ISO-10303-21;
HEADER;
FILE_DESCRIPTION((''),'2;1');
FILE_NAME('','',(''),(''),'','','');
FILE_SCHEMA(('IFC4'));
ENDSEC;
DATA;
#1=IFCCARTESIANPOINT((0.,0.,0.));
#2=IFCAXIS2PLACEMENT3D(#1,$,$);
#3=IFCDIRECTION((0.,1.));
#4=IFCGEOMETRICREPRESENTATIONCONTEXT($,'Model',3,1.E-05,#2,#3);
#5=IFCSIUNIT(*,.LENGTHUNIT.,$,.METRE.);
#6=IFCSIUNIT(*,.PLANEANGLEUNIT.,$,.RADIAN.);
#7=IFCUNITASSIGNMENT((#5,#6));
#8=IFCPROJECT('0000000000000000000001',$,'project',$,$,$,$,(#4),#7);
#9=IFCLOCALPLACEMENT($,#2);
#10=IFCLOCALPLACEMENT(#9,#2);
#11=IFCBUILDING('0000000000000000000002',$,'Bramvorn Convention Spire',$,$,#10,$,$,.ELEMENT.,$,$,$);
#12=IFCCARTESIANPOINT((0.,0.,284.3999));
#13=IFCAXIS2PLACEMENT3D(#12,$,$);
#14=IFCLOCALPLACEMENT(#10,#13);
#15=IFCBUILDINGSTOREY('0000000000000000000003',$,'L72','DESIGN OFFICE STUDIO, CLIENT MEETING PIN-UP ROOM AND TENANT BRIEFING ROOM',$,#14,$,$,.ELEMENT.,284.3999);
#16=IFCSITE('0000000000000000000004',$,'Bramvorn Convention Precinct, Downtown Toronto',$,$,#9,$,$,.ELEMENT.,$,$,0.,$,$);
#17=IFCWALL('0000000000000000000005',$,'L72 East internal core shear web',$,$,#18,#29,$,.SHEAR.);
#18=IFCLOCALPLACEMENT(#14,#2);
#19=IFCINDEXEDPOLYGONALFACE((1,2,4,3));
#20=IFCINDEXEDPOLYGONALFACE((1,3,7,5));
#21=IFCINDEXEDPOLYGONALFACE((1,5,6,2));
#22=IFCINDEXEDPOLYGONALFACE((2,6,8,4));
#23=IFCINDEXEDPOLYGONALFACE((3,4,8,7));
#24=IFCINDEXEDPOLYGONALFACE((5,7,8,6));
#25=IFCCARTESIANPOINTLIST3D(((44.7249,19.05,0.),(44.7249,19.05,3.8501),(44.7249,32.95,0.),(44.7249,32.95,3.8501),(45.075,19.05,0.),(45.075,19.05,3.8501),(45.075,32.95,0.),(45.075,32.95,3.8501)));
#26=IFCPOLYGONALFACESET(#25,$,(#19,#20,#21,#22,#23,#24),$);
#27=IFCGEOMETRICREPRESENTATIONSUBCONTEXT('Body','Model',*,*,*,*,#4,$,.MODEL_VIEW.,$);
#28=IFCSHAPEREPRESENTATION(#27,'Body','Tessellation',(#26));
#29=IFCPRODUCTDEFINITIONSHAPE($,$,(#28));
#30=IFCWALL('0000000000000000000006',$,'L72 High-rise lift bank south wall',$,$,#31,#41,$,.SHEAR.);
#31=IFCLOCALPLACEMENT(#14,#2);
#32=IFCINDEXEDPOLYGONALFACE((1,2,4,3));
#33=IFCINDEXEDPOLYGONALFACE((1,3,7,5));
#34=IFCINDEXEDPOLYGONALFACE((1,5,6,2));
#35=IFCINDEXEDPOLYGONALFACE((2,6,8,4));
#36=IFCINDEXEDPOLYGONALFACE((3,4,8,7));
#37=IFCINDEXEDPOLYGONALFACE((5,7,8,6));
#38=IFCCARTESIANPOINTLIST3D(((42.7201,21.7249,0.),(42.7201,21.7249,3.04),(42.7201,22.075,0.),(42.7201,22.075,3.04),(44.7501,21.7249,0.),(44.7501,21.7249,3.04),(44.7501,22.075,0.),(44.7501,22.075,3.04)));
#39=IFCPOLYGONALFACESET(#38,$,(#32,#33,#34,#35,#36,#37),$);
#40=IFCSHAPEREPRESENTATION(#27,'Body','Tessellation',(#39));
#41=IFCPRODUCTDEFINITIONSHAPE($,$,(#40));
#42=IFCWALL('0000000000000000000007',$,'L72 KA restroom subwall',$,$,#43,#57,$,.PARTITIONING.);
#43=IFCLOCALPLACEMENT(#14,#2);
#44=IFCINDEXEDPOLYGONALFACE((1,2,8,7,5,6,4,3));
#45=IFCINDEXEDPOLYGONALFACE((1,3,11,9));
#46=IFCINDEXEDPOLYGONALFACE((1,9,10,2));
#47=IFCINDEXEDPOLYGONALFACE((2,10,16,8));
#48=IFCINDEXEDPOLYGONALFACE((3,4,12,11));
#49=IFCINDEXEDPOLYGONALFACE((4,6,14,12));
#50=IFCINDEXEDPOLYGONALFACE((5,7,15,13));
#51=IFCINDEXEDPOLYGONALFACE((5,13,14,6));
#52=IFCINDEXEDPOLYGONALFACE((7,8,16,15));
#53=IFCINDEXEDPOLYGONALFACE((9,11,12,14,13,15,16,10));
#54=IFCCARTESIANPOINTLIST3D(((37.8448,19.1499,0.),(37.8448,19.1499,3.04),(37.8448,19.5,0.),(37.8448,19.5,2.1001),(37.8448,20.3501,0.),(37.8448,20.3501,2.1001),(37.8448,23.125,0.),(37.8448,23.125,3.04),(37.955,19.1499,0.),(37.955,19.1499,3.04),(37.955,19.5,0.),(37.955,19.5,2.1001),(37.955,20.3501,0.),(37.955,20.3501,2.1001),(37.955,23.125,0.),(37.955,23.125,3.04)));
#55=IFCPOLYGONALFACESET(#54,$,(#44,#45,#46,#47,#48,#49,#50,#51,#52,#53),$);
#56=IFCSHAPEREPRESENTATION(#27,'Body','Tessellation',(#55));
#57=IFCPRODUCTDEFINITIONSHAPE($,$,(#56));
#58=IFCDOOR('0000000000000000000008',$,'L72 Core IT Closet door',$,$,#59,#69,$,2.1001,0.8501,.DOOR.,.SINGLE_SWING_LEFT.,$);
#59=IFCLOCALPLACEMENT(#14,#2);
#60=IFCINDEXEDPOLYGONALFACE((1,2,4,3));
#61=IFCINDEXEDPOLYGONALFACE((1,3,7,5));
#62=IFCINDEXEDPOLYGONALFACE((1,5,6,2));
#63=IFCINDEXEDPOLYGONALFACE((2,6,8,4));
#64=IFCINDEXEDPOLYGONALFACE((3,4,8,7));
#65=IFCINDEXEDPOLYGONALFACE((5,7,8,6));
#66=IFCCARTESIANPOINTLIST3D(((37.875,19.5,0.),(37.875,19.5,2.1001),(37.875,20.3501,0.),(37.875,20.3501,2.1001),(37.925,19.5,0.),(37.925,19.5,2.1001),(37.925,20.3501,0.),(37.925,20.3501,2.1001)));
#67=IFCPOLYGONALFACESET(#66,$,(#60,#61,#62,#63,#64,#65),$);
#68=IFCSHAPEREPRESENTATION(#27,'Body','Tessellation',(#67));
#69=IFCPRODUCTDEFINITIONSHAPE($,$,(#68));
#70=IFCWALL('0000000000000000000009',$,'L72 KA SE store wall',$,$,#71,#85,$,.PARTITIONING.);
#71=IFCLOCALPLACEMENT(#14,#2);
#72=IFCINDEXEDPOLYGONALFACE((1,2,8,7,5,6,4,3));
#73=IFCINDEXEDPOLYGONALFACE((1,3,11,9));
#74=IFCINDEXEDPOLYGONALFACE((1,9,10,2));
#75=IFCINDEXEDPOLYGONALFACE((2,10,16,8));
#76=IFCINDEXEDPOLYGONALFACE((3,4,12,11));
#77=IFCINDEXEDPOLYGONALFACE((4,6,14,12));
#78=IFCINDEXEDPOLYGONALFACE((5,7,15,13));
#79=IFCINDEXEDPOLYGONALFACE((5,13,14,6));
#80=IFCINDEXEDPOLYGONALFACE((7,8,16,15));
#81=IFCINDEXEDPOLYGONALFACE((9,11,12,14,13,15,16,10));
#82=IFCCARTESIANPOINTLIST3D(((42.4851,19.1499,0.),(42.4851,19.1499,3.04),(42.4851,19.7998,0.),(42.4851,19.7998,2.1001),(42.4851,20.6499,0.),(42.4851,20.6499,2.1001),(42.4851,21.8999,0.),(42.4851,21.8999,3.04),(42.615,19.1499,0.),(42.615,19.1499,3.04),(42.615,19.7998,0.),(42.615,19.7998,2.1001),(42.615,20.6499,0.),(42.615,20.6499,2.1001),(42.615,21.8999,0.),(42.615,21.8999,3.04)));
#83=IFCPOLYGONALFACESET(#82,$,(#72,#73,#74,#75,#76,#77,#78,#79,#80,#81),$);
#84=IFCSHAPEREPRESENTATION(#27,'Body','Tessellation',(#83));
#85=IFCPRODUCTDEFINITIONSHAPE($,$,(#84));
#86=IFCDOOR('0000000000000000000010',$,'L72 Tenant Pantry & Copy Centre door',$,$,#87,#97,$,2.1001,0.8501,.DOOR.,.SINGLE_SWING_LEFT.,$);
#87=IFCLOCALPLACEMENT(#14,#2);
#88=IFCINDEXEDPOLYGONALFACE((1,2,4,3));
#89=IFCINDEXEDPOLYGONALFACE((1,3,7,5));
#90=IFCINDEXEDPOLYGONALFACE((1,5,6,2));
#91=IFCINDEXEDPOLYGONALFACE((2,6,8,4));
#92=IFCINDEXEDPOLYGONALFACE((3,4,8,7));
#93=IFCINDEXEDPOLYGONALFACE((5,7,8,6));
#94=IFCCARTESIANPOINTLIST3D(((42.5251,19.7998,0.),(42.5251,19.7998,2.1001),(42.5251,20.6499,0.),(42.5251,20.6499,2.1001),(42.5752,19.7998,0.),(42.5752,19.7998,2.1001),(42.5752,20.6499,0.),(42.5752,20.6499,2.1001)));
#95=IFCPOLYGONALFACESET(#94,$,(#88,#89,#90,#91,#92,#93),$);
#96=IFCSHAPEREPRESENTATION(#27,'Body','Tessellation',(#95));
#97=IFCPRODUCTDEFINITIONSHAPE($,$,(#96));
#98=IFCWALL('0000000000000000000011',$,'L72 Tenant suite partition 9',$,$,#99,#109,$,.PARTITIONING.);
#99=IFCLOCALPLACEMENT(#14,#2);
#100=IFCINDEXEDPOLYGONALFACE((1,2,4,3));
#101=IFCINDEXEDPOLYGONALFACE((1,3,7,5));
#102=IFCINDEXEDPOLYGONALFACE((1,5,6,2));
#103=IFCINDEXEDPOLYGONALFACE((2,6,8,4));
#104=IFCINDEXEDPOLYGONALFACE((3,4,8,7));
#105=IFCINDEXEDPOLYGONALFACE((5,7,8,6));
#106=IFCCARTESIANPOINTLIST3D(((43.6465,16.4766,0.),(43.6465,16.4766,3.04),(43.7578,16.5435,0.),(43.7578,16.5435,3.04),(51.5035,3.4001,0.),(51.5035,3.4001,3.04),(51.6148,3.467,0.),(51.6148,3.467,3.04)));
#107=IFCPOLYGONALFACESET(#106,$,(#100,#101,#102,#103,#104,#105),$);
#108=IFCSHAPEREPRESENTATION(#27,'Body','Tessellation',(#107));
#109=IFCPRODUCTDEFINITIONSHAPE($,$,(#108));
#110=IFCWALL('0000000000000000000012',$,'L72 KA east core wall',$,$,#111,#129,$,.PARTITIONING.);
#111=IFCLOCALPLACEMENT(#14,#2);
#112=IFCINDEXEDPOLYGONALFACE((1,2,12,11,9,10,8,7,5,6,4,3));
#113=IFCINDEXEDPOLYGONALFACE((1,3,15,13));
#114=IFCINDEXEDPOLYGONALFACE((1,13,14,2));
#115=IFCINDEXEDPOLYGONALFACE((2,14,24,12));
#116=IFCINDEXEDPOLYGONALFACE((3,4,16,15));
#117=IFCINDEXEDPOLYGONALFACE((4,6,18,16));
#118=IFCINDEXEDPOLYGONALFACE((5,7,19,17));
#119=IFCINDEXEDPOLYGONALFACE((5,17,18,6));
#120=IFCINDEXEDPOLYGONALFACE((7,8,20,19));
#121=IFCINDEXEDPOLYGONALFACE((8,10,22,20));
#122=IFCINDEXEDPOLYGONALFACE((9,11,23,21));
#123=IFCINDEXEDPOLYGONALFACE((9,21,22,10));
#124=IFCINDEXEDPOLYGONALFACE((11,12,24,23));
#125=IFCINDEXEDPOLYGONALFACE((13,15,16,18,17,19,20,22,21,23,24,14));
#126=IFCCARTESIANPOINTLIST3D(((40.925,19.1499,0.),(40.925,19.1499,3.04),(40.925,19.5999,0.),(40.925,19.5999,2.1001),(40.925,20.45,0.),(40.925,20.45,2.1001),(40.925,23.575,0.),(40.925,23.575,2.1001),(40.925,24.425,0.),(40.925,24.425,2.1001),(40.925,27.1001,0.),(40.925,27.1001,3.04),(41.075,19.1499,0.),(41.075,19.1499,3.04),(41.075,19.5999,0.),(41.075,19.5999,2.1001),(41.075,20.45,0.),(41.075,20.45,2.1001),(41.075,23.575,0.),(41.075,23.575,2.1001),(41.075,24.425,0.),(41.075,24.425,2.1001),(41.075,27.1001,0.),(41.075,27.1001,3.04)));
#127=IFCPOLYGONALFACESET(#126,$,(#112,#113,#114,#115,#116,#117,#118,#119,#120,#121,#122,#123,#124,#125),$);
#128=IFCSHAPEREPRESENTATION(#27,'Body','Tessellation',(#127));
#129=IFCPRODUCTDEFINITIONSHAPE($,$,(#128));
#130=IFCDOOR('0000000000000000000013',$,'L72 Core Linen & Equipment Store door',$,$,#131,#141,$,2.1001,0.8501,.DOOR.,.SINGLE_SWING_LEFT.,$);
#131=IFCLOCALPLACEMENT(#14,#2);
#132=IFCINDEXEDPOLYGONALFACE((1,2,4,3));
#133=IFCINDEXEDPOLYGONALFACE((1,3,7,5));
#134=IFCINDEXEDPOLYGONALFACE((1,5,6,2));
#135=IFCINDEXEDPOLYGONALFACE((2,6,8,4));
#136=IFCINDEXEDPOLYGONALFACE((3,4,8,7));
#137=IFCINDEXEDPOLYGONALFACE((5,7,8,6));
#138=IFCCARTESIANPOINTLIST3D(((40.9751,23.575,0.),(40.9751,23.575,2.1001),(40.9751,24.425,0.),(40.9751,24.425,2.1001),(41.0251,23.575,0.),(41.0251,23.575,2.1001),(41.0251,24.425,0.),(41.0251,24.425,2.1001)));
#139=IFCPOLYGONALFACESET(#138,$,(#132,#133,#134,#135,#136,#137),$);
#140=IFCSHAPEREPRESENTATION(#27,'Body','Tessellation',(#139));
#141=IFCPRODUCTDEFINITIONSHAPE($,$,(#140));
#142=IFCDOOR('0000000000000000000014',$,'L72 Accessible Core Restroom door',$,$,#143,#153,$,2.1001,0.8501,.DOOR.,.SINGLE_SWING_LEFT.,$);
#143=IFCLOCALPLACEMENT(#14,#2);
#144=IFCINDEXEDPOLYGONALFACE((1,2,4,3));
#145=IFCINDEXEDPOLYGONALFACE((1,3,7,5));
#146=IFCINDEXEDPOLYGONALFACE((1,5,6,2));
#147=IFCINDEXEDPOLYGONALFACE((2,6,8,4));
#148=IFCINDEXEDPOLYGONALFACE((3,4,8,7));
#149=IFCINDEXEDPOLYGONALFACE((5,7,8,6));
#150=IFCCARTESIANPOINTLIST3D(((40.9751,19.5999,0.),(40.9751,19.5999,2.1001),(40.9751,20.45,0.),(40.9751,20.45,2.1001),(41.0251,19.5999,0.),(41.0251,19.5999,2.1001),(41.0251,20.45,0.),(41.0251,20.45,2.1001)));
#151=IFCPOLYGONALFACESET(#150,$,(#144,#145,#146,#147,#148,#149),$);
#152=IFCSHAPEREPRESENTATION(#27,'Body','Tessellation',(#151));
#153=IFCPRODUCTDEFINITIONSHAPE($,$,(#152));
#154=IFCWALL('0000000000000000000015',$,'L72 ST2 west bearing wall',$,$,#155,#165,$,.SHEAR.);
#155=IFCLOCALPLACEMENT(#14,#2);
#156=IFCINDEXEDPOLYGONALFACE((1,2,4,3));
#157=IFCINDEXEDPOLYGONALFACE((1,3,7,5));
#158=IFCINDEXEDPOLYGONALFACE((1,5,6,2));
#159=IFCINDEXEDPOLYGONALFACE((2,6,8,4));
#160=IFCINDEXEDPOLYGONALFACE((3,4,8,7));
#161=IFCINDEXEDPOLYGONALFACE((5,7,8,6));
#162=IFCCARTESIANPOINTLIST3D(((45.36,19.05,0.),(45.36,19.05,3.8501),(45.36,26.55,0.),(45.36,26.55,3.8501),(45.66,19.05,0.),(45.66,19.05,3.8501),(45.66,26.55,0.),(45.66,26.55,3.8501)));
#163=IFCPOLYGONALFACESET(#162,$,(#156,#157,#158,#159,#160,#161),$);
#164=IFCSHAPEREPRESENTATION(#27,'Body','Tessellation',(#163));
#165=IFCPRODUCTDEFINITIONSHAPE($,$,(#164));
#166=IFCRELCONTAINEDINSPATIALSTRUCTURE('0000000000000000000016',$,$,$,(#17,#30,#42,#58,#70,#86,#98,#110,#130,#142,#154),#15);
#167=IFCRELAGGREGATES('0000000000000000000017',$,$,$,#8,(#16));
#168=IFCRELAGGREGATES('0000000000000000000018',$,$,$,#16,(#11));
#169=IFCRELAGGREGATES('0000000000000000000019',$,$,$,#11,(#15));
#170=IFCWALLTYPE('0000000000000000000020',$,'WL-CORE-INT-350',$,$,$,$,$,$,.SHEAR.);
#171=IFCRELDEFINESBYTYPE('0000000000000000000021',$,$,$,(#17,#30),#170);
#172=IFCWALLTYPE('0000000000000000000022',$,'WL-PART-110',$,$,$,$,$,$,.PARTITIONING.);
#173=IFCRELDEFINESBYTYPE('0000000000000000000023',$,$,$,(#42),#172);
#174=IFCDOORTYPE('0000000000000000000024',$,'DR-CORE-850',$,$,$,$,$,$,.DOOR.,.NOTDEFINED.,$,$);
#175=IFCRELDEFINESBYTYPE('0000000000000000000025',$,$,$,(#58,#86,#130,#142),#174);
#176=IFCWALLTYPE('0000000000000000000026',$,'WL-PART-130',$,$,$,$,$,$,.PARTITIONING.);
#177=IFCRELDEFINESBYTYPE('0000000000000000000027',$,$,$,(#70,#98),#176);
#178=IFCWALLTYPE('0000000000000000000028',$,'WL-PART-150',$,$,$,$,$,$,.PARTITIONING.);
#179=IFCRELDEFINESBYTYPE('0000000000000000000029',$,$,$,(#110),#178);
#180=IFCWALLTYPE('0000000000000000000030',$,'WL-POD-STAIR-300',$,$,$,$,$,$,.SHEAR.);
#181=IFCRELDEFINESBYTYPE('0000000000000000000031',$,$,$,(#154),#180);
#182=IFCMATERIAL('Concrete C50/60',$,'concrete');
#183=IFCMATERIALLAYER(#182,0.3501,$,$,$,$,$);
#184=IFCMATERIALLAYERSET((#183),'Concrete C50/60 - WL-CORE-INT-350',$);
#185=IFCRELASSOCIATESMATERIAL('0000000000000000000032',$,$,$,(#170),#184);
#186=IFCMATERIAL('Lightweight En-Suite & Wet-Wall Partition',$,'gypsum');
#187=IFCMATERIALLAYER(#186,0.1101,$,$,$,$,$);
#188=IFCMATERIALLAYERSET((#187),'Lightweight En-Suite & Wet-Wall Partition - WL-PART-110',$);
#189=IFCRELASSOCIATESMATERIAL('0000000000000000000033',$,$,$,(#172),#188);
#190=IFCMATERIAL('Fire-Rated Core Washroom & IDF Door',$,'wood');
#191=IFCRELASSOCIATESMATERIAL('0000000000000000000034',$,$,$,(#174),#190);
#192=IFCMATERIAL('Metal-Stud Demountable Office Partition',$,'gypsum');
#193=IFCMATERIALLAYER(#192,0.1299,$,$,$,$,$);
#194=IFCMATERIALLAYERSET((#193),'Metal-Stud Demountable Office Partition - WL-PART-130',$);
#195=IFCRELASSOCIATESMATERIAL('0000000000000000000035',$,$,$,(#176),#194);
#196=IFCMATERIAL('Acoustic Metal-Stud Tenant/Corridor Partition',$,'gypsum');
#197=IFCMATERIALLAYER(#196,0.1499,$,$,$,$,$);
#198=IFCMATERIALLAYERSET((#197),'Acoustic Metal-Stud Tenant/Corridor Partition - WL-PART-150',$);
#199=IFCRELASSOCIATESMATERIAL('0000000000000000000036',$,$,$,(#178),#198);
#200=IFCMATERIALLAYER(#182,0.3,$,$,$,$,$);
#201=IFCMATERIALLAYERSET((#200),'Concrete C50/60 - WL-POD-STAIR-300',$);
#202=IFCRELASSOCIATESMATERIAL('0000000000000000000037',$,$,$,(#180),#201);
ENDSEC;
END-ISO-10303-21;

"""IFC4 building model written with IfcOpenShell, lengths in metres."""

from ifc_helpers import new_model, si_unit, direction, frame, frame_2d, origin, place, context, subcontext, project, spatial, rectangle, extrude, material, layer, layer_set, type_object, element, fill, save


model = new_model("IFC4")

# Units and contexts
model_context = context("Model", 3, precision=1e-05, world=origin(), true_north=direction((0.0, 1.0)))
body_context = subcontext(model_context, "Body", "Model", "MODEL_VIEW")
ifc_project = project(units=[si_unit("LENGTHUNIT", "METRE"), si_unit("PLANEANGLEUNIT", "RADIAN")], contexts=[model_context])

# Site, building, storey
site_placement = place(None, origin())
site = spatial("IfcSite", under=ifc_project, at=site_placement, Name="Bramvorn Convention Precinct, Downtown Toronto", CompositionType="ELEMENT", RefElevation=0.0)
building_placement = place(site_placement, origin())
building = spatial("IfcBuilding", under=site, at=building_placement, Name="Bramvorn Convention Spire", CompositionType="ELEMENT")
storey_placement = place(building_placement, frame((0.0, 0.0, 284.3999)))
storey = spatial("IfcBuildingStorey", under=building, at=storey_placement, Name="L72", Description="DESIGN OFFICE STUDIO, CLIENT MEETING PIN-UP ROOM AND TENANT BRIEFING ROOM", CompositionType="ELEMENT", Elevation=284.3999)

# Shared definitions
ifc_material_1 = material(Name="Concrete C50/60", Category="concrete")

# Wall
ifc_layer_1 = layer(ifc_material_1, 0.3501)
ifc_layer_set_1 = layer_set([ifc_layer_1], Name="Concrete C50/60 - WL-CORE-INT-350")
wall_type_1 = type_object("IfcWallType", Name="WL-CORE-INT-350", PredefinedType="SHEAR", material=ifc_layer_set_1)
wall_1_placement = place(storey_placement, frame((44.8999, 19.05, 0.0), z_axis=(0.0, 0.0, 1.0), x_axis=(0.0, 1.0, 0.0)))
element("IfcWall", 1, at=wall_1_placement, inside=storey, type_object=wall_type_1, Name="L72 East internal core shear web", PredefinedType="SHEAR", context=body_context, shape_type="SweptSolid", body=[
    extrude(rectangle(XDim=13.8999, YDim=0.3501, at=frame_2d((6.95, 0.0))), origin(), (0.0, 0.0, 1.0), 3.8501),
])

# Wall
wall_2_placement = place(storey_placement, frame((42.72, 21.8999, 0.0), z_axis=(0.0, 0.0, 1.0), x_axis=(1.0, 0.0, 0.0)))
element("IfcWall", 2, at=wall_2_placement, inside=storey, type_object=wall_type_1, Name="L72 High-rise lift bank south wall", PredefinedType="SHEAR", context=body_context, shape_type="SweptSolid", body=[
    extrude(rectangle(XDim=2.03, YDim=0.3501, at=frame_2d((1.0151, 0.0))), origin(), (0.0, 0.0, 1.0), 3.04),
])

# Walls, openings, doors
ifc_material_2 = material(Name="Lightweight En-Suite & Wet-Wall Partition", Category="gypsum")
ifc_layer_2 = layer(ifc_material_2, 0.1101)
ifc_layer_set_2 = layer_set([ifc_layer_2], Name="Lightweight En-Suite & Wet-Wall Partition - WL-PART-110")
wall_type_2 = type_object("IfcWallType", Name="WL-PART-110", PredefinedType="PARTITIONING", material=ifc_layer_set_2)
wall_3_placement = place(storey_placement, frame((37.8999, 19.1499, 0.0), z_axis=(0.0, 0.0, 1.0), x_axis=(0.0, 1.0, 0.0)))
wall_3 = element("IfcWall", 3, at=wall_3_placement, inside=storey, type_object=wall_type_2, Name="L72 KA restroom subwall", PredefinedType="PARTITIONING", context=body_context, shape_type="SweptSolid", body=[
    extrude(rectangle(XDim=3.9751, YDim=0.1101, at=frame_2d((1.9875, 0.0))), origin(), (0.0, 0.0, 1.0), 3.04),
])
opening_1_placement = place(wall_3_placement, frame((0.3501, 0.0, 0.0)))
opening_1 = element("IfcOpeningElement", 4, at=opening_1_placement, cuts=wall_3, PredefinedType="OPENING", context=body_context, shape_type="SweptSolid", body=[
    extrude(rectangle(XDim=0.8501, YDim=2.1001, at=frame_2d((0.425, 1.05))), frame((0.0, 0.0649, 0.0), z_axis=(0.0, -1.0, 0.0), x_axis=(1.0, 0.0, 0.0)), (0.0, 0.0, 1.0), 0.1301),
])
ifc_material_3 = material(Name="Fire-Rated Core Washroom & IDF Door", Category="wood")
door_type_1 = type_object("IfcDoorType", Name="DR-CORE-850", OperationType="NOTDEFINED", PredefinedType="DOOR", material=ifc_material_3)
door_1_placement = place(opening_1_placement, origin())
door_1 = element("IfcDoor", 5, at=door_1_placement, inside=storey, type_object=door_type_1, Name="L72 Core IT Closet door", OperationType="SINGLE_SWING_LEFT", OverallHeight=2.1001, OverallWidth=0.8501, PredefinedType="DOOR", context=body_context, shape_type="SweptSolid", body=[
    extrude(rectangle(XDim=0.8501, YDim=2.1001, at=frame_2d((0.425, 1.05))), frame((0.0, 0.0249, 0.0), z_axis=(0.0, -1.0, 0.0), x_axis=(1.0, 0.0, 0.0)), (0.0, 0.0, 1.0), 0.05),
])
fill(opening_1, door_1)
ifc_material_4 = material(Name="Metal-Stud Demountable Office Partition", Category="gypsum")
ifc_layer_3 = layer(ifc_material_4, 0.1299)
ifc_layer_set_3 = layer_set([ifc_layer_3], Name="Metal-Stud Demountable Office Partition - WL-PART-130")
wall_type_3 = type_object("IfcWallType", Name="WL-PART-130", PredefinedType="PARTITIONING", material=ifc_layer_set_3)
wall_4_placement = place(storey_placement, frame((42.55, 19.1499, 0.0), z_axis=(0.0, 0.0, 1.0), x_axis=(0.0, 1.0, 0.0)))
wall_4 = element("IfcWall", 6, at=wall_4_placement, inside=storey, type_object=wall_type_3, Name="L72 KA SE store wall", PredefinedType="PARTITIONING", context=body_context, shape_type="SweptSolid", body=[
    extrude(rectangle(XDim=2.75, YDim=0.1299, at=frame_2d((1.375, 0.0))), origin(), (0.0, 0.0, 1.0), 3.04),
])
opening_2_placement = place(wall_4_placement, frame((0.6499, 0.0, 0.0)))
opening_2 = element("IfcOpeningElement", 7, at=opening_2_placement, cuts=wall_4, PredefinedType="OPENING", context=body_context, shape_type="SweptSolid", body=[
    extrude(rectangle(XDim=0.8501, YDim=2.1001, at=frame_2d((0.425, 1.05))), frame((0.0, 0.075, 0.0), z_axis=(0.0, -1.0, 0.0), x_axis=(1.0, 0.0, 0.0)), (0.0, 0.0, 1.0), 0.1499),
])
door_2_placement = place(opening_2_placement, origin())
door_2 = element("IfcDoor", 8, at=door_2_placement, inside=storey, type_object=door_type_1, Name="L72 Tenant Pantry & Copy Centre door", OperationType="SINGLE_SWING_LEFT", OverallHeight=2.1001, OverallWidth=0.8501, PredefinedType="DOOR", context=body_context, shape_type="SweptSolid", body=[
    extrude(rectangle(XDim=0.8501, YDim=2.1001, at=frame_2d((0.425, 1.05))), frame((0.0, 0.0249, 0.0), z_axis=(0.0, -1.0, 0.0), x_axis=(1.0, 0.0, 0.0)), (0.0, 0.0, 1.0), 0.05),
])
fill(opening_2, door_2)

# Wall
wall_5_placement = place(storey_placement, frame((43.7021, 16.51, 0.0), z_axis=(0.0, 0.0, 1.0), x_axis=(0.51503, -0.857172, 0.0)))
element("IfcWall", 9, at=wall_5_placement, inside=storey, type_object=wall_type_3, Name="L72 Tenant suite partition 9", PredefinedType="PARTITIONING", context=body_context, shape_type="SweptSolid", body=[
    extrude(rectangle(XDim=15.2554, YDim=0.1299, at=frame_2d((7.6277, 0.0))), origin(), (0.0, 0.0, 1.0), 3.04),
])

# Wall, openings, doors
ifc_material_5 = material(Name="Acoustic Metal-Stud Tenant/Corridor Partition", Category="gypsum")
ifc_layer_4 = layer(ifc_material_5, 0.1499)
ifc_layer_set_4 = layer_set([ifc_layer_4], Name="Acoustic Metal-Stud Tenant/Corridor Partition - WL-PART-150")
wall_type_4 = type_object("IfcWallType", Name="WL-PART-150", PredefinedType="PARTITIONING", material=ifc_layer_set_4)
wall_6_placement = place(storey_placement, frame((41.0, 19.1499, 0.0), z_axis=(0.0, 0.0, 1.0), x_axis=(0.0, 1.0, 0.0)))
wall_6 = element("IfcWall", 10, at=wall_6_placement, inside=storey, type_object=wall_type_4, Name="L72 KA east core wall", PredefinedType="PARTITIONING", context=body_context, shape_type="SweptSolid", body=[
    extrude(rectangle(XDim=7.9502, YDim=0.1499, at=frame_2d((3.9751, 0.0))), origin(), (0.0, 0.0, 1.0), 3.04),
])
opening_3_placement = place(wall_6_placement, frame((4.425, 0.0, 0.0)))
opening_3 = element("IfcOpeningElement", 11, at=opening_3_placement, cuts=wall_6, PredefinedType="OPENING", context=body_context, shape_type="SweptSolid", body=[
    extrude(rectangle(XDim=0.8501, YDim=2.1001, at=frame_2d((0.425, 1.05))), frame((0.0, 0.085, 0.0), z_axis=(0.0, -1.0, 0.0), x_axis=(1.0, 0.0, 0.0)), (0.0, 0.0, 1.0), 0.1699),
])
opening_4_placement = place(wall_6_placement, frame((0.45, 0.0, 0.0)))
opening_4 = element("IfcOpeningElement", 12, at=opening_4_placement, cuts=wall_6, PredefinedType="OPENING", context=body_context, shape_type="SweptSolid", body=[
    extrude(rectangle(XDim=0.8501, YDim=2.1001, at=frame_2d((0.425, 1.05))), frame((0.0, 0.085, 0.0), z_axis=(0.0, -1.0, 0.0), x_axis=(1.0, 0.0, 0.0)), (0.0, 0.0, 1.0), 0.1699),
])
door_3_placement = place(opening_3_placement, origin())
door_3 = element("IfcDoor", 13, at=door_3_placement, inside=storey, type_object=door_type_1, Name="L72 Core Linen & Equipment Store door", OperationType="SINGLE_SWING_LEFT", OverallHeight=2.1001, OverallWidth=0.8501, PredefinedType="DOOR", context=body_context, shape_type="SweptSolid", body=[
    extrude(rectangle(XDim=0.8501, YDim=2.1001, at=frame_2d((0.425, 1.05))), frame((0.0, 0.0249, 0.0), z_axis=(0.0, -1.0, 0.0), x_axis=(1.0, 0.0, 0.0)), (0.0, 0.0, 1.0), 0.05),
])
fill(opening_3, door_3)
door_4_placement = place(opening_4_placement, origin())
door_4 = element("IfcDoor", 14, at=door_4_placement, inside=storey, type_object=door_type_1, Name="L72 Accessible Core Restroom door", OperationType="SINGLE_SWING_LEFT", OverallHeight=2.1001, OverallWidth=0.8501, PredefinedType="DOOR", context=body_context, shape_type="SweptSolid", body=[
    extrude(rectangle(XDim=0.8501, YDim=2.1001, at=frame_2d((0.425, 1.05))), frame((0.0, 0.0249, 0.0), z_axis=(0.0, -1.0, 0.0), x_axis=(1.0, 0.0, 0.0)), (0.0, 0.0, 1.0), 0.05),
])
fill(opening_4, door_4)

# Wall
ifc_layer_5 = layer(ifc_material_1, 0.3)
ifc_layer_set_5 = layer_set([ifc_layer_5], Name="Concrete C50/60 - WL-POD-STAIR-300")
wall_type_5 = type_object("IfcWallType", Name="WL-POD-STAIR-300", PredefinedType="SHEAR", material=ifc_layer_set_5)
wall_7_placement = place(storey_placement, frame((45.51, 19.05, 0.0), z_axis=(0.0, 0.0, 1.0), x_axis=(0.0, 1.0, 0.0)))
element("IfcWall", 15, at=wall_7_placement, inside=storey, type_object=wall_type_5, Name="L72 ST2 west bearing wall", PredefinedType="SHEAR", context=body_context, shape_type="SweptSolid", body=[
    extrude(rectangle(XDim=7.5, YDim=0.3, at=frame_2d((3.75, 0.0))), origin(), (0.0, 0.0, 1.0), 3.8501),
])

save(model, "model.ifc")
